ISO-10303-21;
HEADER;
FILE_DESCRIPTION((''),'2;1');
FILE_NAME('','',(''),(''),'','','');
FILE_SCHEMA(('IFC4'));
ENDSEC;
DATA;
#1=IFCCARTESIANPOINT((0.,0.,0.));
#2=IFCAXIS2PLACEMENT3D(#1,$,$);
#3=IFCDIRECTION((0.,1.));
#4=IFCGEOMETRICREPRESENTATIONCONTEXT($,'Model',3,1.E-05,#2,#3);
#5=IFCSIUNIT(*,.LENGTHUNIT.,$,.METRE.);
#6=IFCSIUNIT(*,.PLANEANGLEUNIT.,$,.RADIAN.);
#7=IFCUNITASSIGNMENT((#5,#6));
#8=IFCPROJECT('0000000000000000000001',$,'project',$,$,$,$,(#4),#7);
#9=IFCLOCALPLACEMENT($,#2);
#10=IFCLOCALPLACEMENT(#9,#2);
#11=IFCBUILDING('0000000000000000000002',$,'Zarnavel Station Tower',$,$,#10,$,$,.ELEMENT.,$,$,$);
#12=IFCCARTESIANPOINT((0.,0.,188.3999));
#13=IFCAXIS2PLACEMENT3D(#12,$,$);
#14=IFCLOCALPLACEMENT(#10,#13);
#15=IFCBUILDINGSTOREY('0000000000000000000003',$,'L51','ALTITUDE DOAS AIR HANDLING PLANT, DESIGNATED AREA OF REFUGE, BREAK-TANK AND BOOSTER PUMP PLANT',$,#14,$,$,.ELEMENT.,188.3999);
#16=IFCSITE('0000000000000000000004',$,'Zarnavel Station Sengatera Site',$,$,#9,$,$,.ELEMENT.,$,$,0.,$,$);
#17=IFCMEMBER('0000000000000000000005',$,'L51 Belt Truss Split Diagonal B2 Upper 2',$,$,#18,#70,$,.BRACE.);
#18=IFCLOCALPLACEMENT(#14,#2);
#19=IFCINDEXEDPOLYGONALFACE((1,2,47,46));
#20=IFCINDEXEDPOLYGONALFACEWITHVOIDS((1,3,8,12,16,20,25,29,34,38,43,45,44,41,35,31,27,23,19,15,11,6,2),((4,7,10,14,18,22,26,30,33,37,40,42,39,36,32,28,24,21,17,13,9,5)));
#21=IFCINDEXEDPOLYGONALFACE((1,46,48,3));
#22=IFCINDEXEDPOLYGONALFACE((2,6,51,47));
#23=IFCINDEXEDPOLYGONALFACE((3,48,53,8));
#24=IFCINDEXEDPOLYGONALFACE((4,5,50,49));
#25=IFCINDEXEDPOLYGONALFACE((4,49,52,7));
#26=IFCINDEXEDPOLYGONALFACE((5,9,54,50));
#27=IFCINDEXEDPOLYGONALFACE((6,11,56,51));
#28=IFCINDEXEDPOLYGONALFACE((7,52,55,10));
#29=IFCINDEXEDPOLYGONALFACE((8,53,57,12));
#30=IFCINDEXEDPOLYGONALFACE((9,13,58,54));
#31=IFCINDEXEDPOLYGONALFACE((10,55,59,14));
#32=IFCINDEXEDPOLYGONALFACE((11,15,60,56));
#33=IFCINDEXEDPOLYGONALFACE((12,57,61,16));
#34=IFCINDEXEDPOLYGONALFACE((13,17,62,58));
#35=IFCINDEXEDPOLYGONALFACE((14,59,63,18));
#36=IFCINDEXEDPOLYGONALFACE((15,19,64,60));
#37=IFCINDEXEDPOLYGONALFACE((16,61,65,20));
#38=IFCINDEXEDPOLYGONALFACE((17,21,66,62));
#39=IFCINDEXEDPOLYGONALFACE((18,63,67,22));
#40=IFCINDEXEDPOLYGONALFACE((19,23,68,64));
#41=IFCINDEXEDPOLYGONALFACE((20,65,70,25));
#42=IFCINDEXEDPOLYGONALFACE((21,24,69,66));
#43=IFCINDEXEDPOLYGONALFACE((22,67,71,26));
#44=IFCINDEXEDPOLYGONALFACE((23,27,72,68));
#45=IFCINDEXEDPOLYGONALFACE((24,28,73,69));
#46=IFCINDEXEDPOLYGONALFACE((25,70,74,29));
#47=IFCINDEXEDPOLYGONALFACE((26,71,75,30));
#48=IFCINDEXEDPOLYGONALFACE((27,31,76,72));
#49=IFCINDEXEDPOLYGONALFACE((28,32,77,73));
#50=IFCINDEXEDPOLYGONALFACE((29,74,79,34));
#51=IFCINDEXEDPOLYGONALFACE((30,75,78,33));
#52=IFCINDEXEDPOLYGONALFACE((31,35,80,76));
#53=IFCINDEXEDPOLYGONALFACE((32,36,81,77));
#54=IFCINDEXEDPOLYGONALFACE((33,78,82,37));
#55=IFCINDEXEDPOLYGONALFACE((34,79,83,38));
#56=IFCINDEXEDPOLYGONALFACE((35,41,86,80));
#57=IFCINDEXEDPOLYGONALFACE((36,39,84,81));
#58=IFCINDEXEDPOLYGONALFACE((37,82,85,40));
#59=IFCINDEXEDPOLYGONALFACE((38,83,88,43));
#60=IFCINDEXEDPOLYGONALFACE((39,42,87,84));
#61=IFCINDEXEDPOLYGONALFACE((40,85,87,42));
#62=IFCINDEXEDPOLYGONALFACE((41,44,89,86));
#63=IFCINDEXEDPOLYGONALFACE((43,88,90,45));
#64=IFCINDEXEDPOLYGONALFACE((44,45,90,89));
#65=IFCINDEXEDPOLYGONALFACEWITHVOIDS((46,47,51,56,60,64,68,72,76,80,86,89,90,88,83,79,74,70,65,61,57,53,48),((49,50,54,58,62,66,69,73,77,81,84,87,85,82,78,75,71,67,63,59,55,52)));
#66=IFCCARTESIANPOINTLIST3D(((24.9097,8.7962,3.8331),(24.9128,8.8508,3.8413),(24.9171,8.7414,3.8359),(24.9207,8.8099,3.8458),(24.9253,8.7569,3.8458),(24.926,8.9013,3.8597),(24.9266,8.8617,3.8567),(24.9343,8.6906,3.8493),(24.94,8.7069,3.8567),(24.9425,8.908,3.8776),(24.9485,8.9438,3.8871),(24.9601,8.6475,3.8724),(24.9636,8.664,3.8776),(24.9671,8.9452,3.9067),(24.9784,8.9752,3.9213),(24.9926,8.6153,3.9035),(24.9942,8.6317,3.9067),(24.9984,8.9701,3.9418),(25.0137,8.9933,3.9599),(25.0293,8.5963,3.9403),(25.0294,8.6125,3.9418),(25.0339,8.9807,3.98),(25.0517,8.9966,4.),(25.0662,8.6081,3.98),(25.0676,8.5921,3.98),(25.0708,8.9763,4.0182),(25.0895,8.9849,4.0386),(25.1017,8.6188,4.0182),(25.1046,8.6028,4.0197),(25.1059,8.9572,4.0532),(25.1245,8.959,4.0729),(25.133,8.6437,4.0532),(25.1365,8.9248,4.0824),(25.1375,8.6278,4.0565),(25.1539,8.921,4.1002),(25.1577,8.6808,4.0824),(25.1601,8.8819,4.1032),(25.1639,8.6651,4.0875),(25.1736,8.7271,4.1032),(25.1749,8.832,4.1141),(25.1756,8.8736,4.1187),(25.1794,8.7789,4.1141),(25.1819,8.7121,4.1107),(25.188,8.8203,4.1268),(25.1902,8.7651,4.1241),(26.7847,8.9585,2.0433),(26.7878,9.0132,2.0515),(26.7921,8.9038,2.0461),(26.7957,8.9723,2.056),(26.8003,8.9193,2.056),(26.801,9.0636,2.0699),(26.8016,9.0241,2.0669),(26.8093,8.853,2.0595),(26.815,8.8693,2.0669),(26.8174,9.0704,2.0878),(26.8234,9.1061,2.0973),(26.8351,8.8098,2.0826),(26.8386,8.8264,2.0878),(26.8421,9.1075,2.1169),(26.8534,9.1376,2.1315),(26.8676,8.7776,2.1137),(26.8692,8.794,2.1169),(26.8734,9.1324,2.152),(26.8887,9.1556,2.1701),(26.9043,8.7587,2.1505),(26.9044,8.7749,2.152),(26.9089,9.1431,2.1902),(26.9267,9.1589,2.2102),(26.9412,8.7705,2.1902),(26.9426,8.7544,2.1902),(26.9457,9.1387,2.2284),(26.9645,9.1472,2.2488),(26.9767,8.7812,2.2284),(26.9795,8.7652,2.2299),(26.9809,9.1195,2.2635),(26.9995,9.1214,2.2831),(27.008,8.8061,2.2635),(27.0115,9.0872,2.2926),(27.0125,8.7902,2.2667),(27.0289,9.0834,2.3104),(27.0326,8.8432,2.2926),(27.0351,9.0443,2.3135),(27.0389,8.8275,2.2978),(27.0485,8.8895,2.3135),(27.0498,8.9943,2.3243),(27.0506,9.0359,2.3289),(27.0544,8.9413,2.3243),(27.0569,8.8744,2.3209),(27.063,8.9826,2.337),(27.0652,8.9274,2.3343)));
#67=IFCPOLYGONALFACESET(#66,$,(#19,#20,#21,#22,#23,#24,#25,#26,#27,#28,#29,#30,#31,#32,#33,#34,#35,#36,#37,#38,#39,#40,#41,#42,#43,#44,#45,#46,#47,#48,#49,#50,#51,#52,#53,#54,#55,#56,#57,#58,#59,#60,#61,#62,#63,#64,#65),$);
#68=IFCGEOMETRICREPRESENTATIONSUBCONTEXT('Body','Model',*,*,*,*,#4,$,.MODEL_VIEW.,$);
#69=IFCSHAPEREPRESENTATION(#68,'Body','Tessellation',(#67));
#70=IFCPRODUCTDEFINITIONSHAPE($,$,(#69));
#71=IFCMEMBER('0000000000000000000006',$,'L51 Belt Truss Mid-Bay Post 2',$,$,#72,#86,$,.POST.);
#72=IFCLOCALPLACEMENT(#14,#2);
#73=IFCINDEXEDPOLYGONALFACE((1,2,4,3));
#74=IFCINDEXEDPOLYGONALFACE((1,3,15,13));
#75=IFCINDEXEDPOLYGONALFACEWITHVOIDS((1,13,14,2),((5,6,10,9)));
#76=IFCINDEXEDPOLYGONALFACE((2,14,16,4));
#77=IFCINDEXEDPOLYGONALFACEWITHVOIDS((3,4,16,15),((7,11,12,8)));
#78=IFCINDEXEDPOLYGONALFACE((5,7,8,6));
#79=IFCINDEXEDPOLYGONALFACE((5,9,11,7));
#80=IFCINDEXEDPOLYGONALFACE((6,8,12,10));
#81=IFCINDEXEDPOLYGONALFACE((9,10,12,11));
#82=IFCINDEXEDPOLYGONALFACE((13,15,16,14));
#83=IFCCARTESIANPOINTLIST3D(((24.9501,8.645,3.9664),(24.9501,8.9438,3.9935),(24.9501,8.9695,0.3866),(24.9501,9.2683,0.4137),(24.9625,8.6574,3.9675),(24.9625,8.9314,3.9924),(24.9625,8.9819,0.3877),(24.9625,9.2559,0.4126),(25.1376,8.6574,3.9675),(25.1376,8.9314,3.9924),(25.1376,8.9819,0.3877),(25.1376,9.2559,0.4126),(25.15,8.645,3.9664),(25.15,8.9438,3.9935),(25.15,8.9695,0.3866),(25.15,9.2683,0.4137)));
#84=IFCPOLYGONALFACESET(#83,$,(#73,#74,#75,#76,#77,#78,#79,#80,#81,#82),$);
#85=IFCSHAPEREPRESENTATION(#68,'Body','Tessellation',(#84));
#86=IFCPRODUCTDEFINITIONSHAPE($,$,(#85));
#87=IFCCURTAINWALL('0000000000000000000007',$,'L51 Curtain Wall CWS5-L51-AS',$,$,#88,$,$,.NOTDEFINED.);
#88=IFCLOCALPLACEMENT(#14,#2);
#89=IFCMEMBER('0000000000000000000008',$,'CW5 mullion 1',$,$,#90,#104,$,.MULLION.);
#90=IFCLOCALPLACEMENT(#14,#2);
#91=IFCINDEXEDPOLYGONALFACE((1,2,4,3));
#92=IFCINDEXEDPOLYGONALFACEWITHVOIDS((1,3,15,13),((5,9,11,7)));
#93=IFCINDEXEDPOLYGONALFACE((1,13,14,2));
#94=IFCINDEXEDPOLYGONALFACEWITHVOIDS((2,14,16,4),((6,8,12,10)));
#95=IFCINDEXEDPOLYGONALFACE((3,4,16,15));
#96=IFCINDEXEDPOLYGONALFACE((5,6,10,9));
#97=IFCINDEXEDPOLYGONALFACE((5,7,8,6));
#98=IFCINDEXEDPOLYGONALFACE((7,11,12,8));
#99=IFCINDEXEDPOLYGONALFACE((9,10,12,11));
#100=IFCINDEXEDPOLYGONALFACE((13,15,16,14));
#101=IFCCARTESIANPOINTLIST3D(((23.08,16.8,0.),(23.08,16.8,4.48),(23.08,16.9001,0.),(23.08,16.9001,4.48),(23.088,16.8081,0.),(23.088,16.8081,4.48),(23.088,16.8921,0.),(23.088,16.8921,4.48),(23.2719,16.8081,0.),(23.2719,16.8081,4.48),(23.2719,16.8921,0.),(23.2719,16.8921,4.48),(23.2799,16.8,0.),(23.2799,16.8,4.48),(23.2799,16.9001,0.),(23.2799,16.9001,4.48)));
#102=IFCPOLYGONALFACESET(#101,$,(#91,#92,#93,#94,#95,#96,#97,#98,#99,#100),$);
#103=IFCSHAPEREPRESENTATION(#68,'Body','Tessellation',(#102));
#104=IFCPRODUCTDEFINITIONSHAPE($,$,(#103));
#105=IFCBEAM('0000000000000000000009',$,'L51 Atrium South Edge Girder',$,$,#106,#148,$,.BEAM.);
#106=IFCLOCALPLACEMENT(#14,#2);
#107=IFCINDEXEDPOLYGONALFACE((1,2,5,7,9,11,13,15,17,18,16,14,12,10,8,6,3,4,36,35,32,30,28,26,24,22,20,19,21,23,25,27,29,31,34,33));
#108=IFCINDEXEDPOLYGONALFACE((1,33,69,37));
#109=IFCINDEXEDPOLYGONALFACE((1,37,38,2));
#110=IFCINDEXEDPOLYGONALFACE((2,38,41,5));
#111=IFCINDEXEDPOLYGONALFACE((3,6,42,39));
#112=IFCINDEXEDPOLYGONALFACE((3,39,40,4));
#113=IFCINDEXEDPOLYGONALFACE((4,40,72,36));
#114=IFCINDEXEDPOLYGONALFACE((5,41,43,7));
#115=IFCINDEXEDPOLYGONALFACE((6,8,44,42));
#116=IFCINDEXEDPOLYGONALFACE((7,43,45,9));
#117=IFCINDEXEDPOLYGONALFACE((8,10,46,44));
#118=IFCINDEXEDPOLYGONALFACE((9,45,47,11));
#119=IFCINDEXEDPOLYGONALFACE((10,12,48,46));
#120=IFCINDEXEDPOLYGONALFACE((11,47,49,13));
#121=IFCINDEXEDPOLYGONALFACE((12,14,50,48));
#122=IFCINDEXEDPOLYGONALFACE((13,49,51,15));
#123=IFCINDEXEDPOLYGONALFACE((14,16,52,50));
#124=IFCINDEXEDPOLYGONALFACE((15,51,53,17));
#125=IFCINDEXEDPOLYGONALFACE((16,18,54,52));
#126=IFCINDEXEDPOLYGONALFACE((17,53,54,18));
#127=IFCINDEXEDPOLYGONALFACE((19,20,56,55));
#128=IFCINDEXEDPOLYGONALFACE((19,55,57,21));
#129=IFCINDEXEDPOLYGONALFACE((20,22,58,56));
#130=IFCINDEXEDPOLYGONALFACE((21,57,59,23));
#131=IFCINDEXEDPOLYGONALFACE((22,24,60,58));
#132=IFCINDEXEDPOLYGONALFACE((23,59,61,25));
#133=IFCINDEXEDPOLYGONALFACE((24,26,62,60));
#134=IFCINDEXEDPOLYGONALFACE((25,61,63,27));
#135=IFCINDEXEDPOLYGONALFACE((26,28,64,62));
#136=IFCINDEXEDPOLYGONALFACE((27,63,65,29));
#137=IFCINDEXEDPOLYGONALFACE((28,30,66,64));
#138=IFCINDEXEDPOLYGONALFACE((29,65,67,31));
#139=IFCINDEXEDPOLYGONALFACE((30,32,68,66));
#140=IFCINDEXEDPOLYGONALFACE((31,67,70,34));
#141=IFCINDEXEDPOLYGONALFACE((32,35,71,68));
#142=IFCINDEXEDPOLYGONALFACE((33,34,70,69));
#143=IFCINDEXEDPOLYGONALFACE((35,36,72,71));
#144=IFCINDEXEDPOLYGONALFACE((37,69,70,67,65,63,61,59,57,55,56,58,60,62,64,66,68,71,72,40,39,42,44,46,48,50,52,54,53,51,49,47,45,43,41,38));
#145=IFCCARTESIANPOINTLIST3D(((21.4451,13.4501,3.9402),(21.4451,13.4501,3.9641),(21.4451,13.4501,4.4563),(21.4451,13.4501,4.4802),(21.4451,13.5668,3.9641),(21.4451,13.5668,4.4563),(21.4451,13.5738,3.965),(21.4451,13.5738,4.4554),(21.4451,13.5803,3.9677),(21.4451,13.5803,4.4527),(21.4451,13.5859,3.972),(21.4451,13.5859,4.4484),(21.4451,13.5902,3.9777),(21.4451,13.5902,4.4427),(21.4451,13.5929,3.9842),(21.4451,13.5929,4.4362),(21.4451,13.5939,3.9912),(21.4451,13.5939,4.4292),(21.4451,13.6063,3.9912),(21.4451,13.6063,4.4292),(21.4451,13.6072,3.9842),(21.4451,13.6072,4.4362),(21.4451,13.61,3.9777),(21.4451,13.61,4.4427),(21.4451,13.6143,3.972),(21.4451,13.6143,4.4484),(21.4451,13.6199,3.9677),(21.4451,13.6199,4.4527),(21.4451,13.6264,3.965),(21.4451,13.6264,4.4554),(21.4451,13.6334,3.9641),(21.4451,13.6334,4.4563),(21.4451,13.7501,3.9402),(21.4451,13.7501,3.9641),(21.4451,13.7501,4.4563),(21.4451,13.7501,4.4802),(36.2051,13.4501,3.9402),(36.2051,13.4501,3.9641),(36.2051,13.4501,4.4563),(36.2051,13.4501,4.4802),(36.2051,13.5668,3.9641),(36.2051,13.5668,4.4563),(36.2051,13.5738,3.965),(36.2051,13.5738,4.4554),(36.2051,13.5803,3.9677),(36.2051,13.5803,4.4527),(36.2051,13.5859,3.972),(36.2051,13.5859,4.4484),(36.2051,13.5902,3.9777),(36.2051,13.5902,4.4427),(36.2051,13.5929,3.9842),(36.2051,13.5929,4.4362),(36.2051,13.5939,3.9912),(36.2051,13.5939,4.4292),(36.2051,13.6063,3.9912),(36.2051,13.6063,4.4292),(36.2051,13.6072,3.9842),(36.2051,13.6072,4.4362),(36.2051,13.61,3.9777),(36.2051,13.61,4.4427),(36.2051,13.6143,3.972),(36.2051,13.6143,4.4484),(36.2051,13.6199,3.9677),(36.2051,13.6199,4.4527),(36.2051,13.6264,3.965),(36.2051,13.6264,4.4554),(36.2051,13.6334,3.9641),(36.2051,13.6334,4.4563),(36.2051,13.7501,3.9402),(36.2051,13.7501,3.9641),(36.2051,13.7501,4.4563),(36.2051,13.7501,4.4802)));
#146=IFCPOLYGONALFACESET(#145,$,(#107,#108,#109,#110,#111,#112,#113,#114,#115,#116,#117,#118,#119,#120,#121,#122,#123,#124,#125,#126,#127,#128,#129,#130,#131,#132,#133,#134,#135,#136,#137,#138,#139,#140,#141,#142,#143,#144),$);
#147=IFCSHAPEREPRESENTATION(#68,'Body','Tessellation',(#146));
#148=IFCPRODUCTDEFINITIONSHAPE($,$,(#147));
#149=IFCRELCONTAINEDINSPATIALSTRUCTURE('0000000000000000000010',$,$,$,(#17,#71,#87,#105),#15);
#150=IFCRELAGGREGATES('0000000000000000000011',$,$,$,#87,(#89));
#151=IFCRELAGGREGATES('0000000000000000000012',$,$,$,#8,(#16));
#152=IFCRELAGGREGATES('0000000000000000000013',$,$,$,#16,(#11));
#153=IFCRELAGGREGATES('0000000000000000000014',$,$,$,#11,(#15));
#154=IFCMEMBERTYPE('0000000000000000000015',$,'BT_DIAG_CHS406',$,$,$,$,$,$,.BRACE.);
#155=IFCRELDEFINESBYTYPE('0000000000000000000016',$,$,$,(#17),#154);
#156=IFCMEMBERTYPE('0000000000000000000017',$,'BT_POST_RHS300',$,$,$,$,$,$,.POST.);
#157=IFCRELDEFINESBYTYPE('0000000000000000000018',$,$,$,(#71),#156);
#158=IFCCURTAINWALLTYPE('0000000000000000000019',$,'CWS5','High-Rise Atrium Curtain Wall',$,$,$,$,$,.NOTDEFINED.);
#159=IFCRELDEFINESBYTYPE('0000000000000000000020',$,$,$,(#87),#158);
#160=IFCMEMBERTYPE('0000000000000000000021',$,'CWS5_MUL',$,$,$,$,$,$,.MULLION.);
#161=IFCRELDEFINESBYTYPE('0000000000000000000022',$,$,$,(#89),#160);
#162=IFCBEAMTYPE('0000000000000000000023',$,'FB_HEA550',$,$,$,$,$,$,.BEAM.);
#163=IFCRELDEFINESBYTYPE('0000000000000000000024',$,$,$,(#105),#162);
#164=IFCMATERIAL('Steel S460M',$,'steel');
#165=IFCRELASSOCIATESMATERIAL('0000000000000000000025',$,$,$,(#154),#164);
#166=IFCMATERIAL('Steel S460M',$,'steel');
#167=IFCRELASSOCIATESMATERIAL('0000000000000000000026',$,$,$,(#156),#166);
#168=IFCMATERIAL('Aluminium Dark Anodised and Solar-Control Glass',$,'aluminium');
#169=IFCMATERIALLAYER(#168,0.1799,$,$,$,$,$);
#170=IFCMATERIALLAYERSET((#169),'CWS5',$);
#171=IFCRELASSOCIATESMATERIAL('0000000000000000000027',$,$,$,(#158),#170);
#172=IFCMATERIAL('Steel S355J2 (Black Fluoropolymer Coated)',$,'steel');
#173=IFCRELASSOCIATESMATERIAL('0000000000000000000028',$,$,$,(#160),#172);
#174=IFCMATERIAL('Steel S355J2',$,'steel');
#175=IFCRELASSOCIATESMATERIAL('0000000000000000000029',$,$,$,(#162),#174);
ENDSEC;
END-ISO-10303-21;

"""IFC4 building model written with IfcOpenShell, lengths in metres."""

from ifc_helpers import new_model, si_unit, direction, frame, origin, origin_2d, place, context, subcontext, project, spatial, hollow_rectangle, hollow_circle, i_section, extrude, material, layer, layer_set, material_profile, profile_set, type_object, element, aggregate, save


model = new_model("IFC4")

# Units and contexts
model_context = context("Model", 3, precision=1e-05, world=origin(), true_north=direction((0.0, 1.0)))
body_context = subcontext(model_context, "Body", "Model", "MODEL_VIEW")
ifc_project = project(units=[si_unit("LENGTHUNIT", "METRE"), si_unit("PLANEANGLEUNIT", "RADIAN")], contexts=[model_context])

# Site, building, storey
site_placement = place(None, origin())
site = spatial("IfcSite", under=ifc_project, at=site_placement, Name="Zarnavel Station Sengatera Site", CompositionType="ELEMENT", RefElevation=0.0)
building_placement = place(site_placement, origin())
building = spatial("IfcBuilding", under=site, at=building_placement, Name="Zarnavel Station Tower", CompositionType="ELEMENT")
storey_placement = place(building_placement, frame((0.0, 0.0, 188.3999)))
storey = spatial("IfcBuildingStorey", under=building, at=storey_placement, Name="L51", Description="ALTITUDE DOAS AIR HANDLING PLANT, DESIGNATED AREA OF REFUGE, BREAK-TANK AND BOOSTER PUMP PLANT", CompositionType="ELEMENT", Elevation=188.3999)

# Members
ifc_material_1 = material(Name="Steel S460M", Category="steel")
ifc_material_profile_1 = material_profile(ifc_material_1, hollow_circle(Radius=0.2031, WallThickness=0.0161, at=origin_2d()), Name="CHS406.4x16")
ifc_profile_set_1 = profile_set([ifc_material_profile_1], Name="Steel S460M")
member_type_1 = type_object("IfcMemberType", Name="BT_DIAG_CHS406", PredefinedType="BRACE", material=ifc_profile_set_1)
member_1_placement = place(storey_placement, frame((26.925, 8.9568, 2.1902), z_axis=(-0.721937, -0.062511, 0.68913), x_axis=(0.086266, -0.996272, 0.0)))
element("IfcMember", 1, at=member_1_placement, inside=storey, type_object=member_type_1, Name="L51 Belt Truss Split Diagonal B2 Upper 2", PredefinedType="BRACE", context=body_context, shape_type="SweptSolid", body=[
    extrude(hollow_circle(Radius=0.2031, WallThickness=0.0161, at=origin_2d()), origin(), (0.0, 0.0, 1.0), 2.5972),
])
ifc_material_2 = material(Name="Steel S460M", Category="steel")
ifc_material_profile_2 = material_profile(ifc_material_2, hollow_rectangle(XDim=0.2, YDim=0.3, WallThickness=0.0125, at=origin_2d()), Name="RHS300x200x12.5")
ifc_profile_set_2 = profile_set([ifc_material_profile_2], Name="Steel S460M")
member_type_2 = type_object("IfcMemberType", Name="BT_POST_RHS300", PredefinedType="POST", material=ifc_profile_set_2)
member_2_placement = place(storey_placement, frame((25.05, 9.1189, 0.4001), z_axis=(0.0, -0.090266, 0.995918), x_axis=(1.0, 0.0, 0.0)))
element("IfcMember", 2, at=member_2_placement, inside=storey, type_object=member_type_2, Name="L51 Belt Truss Mid-Bay Post 2", PredefinedType="POST", context=body_context, shape_type="SweptSolid", body=[
    extrude(hollow_rectangle(XDim=0.2, YDim=0.3, WallThickness=0.0125, at=origin_2d()), origin(), (0.0, 0.0, 1.0), 3.5945),
])

# Curtain wall, member
ifc_material_3 = material(Name="Aluminium Dark Anodised and Solar-Control Glass", Category="aluminium")
ifc_layer_1 = layer(ifc_material_3, 0.1799)
ifc_layer_set_1 = layer_set([ifc_layer_1], Name="CWS5")
curtain_wall_type = type_object("IfcCurtainWallType", Name="CWS5", Description="High-Rise Atrium Curtain Wall", PredefinedType="NOTDEFINED", material=ifc_layer_set_1)
curtain_wall_placement = place(storey_placement, origin())
curtain_wall = element("IfcCurtainWall", 3, at=curtain_wall_placement, inside=storey, type_object=curtain_wall_type, Name="L51 Curtain Wall CWS5-L51-AS", PredefinedType="NOTDEFINED")
ifc_material_4 = material(Name="Steel S355J2 (Black Fluoropolymer Coated)", Category="steel")
ifc_material_profile_3 = material_profile(ifc_material_4, hollow_rectangle(XDim=0.1001, YDim=0.2, WallThickness=0.0081, at=origin_2d()), Name="RHS200x100x8")
ifc_profile_set_3 = profile_set([ifc_material_profile_3], Name="Steel S355J2 (Black Fluoropolymer Coated)")
member_type_3 = type_object("IfcMemberType", Name="CWS5_MUL", PredefinedType="MULLION", material=ifc_profile_set_3)
member_3_placement = place(storey_placement, frame((23.1799, 16.8501, 0.0), z_axis=(0.0, 0.0, 1.0), x_axis=(0.0, 1.0, 0.0)))
member_3 = element("IfcMember", 4, at=member_3_placement, type_object=member_type_3, Name="CW5 mullion 1", PredefinedType="MULLION", context=body_context, shape_type="SweptSolid", body=[
    extrude(hollow_rectangle(XDim=0.1001, YDim=0.2, WallThickness=0.0081, at=origin_2d()), origin(), (0.0, 0.0, 1.0), 4.48),
])
aggregate(curtain_wall, [member_3])

# Beam
ifc_material_5 = material(Name="Steel S355J2", Category="steel")
ifc_material_profile_4 = material_profile(ifc_material_5, i_section(OverallWidth=0.3, OverallDepth=0.54, WebThickness=0.0125, FlangeThickness=0.0239, FilletRadius=0.0271, at=origin_2d()), Name="HEA550")
ifc_profile_set_4 = profile_set([ifc_material_profile_4], Name="Steel S355J2")
beam_type_1 = type_object("IfcBeamType", Name="FB_HEA550", PredefinedType="BEAM", material=ifc_profile_set_4)
beam_1_placement = place(storey_placement, frame((21.4451, 13.6001, 4.2102), z_axis=(1.0, 0.0, 0.0), x_axis=(0.0, 1.0, 0.0)))
element("IfcBeam", 5, at=beam_1_placement, inside=storey, type_object=beam_type_1, Name="L51 Atrium South Edge Girder", PredefinedType="BEAM", context=body_context, shape_type="SweptSolid", body=[
    extrude(i_section(OverallWidth=0.3, OverallDepth=0.54, WebThickness=0.0125, FlangeThickness=0.0239, FilletRadius=0.0271, at=origin_2d()), origin(), (0.0, 0.0, 1.0), 14.76),
])

save(model, "model.ifc")
